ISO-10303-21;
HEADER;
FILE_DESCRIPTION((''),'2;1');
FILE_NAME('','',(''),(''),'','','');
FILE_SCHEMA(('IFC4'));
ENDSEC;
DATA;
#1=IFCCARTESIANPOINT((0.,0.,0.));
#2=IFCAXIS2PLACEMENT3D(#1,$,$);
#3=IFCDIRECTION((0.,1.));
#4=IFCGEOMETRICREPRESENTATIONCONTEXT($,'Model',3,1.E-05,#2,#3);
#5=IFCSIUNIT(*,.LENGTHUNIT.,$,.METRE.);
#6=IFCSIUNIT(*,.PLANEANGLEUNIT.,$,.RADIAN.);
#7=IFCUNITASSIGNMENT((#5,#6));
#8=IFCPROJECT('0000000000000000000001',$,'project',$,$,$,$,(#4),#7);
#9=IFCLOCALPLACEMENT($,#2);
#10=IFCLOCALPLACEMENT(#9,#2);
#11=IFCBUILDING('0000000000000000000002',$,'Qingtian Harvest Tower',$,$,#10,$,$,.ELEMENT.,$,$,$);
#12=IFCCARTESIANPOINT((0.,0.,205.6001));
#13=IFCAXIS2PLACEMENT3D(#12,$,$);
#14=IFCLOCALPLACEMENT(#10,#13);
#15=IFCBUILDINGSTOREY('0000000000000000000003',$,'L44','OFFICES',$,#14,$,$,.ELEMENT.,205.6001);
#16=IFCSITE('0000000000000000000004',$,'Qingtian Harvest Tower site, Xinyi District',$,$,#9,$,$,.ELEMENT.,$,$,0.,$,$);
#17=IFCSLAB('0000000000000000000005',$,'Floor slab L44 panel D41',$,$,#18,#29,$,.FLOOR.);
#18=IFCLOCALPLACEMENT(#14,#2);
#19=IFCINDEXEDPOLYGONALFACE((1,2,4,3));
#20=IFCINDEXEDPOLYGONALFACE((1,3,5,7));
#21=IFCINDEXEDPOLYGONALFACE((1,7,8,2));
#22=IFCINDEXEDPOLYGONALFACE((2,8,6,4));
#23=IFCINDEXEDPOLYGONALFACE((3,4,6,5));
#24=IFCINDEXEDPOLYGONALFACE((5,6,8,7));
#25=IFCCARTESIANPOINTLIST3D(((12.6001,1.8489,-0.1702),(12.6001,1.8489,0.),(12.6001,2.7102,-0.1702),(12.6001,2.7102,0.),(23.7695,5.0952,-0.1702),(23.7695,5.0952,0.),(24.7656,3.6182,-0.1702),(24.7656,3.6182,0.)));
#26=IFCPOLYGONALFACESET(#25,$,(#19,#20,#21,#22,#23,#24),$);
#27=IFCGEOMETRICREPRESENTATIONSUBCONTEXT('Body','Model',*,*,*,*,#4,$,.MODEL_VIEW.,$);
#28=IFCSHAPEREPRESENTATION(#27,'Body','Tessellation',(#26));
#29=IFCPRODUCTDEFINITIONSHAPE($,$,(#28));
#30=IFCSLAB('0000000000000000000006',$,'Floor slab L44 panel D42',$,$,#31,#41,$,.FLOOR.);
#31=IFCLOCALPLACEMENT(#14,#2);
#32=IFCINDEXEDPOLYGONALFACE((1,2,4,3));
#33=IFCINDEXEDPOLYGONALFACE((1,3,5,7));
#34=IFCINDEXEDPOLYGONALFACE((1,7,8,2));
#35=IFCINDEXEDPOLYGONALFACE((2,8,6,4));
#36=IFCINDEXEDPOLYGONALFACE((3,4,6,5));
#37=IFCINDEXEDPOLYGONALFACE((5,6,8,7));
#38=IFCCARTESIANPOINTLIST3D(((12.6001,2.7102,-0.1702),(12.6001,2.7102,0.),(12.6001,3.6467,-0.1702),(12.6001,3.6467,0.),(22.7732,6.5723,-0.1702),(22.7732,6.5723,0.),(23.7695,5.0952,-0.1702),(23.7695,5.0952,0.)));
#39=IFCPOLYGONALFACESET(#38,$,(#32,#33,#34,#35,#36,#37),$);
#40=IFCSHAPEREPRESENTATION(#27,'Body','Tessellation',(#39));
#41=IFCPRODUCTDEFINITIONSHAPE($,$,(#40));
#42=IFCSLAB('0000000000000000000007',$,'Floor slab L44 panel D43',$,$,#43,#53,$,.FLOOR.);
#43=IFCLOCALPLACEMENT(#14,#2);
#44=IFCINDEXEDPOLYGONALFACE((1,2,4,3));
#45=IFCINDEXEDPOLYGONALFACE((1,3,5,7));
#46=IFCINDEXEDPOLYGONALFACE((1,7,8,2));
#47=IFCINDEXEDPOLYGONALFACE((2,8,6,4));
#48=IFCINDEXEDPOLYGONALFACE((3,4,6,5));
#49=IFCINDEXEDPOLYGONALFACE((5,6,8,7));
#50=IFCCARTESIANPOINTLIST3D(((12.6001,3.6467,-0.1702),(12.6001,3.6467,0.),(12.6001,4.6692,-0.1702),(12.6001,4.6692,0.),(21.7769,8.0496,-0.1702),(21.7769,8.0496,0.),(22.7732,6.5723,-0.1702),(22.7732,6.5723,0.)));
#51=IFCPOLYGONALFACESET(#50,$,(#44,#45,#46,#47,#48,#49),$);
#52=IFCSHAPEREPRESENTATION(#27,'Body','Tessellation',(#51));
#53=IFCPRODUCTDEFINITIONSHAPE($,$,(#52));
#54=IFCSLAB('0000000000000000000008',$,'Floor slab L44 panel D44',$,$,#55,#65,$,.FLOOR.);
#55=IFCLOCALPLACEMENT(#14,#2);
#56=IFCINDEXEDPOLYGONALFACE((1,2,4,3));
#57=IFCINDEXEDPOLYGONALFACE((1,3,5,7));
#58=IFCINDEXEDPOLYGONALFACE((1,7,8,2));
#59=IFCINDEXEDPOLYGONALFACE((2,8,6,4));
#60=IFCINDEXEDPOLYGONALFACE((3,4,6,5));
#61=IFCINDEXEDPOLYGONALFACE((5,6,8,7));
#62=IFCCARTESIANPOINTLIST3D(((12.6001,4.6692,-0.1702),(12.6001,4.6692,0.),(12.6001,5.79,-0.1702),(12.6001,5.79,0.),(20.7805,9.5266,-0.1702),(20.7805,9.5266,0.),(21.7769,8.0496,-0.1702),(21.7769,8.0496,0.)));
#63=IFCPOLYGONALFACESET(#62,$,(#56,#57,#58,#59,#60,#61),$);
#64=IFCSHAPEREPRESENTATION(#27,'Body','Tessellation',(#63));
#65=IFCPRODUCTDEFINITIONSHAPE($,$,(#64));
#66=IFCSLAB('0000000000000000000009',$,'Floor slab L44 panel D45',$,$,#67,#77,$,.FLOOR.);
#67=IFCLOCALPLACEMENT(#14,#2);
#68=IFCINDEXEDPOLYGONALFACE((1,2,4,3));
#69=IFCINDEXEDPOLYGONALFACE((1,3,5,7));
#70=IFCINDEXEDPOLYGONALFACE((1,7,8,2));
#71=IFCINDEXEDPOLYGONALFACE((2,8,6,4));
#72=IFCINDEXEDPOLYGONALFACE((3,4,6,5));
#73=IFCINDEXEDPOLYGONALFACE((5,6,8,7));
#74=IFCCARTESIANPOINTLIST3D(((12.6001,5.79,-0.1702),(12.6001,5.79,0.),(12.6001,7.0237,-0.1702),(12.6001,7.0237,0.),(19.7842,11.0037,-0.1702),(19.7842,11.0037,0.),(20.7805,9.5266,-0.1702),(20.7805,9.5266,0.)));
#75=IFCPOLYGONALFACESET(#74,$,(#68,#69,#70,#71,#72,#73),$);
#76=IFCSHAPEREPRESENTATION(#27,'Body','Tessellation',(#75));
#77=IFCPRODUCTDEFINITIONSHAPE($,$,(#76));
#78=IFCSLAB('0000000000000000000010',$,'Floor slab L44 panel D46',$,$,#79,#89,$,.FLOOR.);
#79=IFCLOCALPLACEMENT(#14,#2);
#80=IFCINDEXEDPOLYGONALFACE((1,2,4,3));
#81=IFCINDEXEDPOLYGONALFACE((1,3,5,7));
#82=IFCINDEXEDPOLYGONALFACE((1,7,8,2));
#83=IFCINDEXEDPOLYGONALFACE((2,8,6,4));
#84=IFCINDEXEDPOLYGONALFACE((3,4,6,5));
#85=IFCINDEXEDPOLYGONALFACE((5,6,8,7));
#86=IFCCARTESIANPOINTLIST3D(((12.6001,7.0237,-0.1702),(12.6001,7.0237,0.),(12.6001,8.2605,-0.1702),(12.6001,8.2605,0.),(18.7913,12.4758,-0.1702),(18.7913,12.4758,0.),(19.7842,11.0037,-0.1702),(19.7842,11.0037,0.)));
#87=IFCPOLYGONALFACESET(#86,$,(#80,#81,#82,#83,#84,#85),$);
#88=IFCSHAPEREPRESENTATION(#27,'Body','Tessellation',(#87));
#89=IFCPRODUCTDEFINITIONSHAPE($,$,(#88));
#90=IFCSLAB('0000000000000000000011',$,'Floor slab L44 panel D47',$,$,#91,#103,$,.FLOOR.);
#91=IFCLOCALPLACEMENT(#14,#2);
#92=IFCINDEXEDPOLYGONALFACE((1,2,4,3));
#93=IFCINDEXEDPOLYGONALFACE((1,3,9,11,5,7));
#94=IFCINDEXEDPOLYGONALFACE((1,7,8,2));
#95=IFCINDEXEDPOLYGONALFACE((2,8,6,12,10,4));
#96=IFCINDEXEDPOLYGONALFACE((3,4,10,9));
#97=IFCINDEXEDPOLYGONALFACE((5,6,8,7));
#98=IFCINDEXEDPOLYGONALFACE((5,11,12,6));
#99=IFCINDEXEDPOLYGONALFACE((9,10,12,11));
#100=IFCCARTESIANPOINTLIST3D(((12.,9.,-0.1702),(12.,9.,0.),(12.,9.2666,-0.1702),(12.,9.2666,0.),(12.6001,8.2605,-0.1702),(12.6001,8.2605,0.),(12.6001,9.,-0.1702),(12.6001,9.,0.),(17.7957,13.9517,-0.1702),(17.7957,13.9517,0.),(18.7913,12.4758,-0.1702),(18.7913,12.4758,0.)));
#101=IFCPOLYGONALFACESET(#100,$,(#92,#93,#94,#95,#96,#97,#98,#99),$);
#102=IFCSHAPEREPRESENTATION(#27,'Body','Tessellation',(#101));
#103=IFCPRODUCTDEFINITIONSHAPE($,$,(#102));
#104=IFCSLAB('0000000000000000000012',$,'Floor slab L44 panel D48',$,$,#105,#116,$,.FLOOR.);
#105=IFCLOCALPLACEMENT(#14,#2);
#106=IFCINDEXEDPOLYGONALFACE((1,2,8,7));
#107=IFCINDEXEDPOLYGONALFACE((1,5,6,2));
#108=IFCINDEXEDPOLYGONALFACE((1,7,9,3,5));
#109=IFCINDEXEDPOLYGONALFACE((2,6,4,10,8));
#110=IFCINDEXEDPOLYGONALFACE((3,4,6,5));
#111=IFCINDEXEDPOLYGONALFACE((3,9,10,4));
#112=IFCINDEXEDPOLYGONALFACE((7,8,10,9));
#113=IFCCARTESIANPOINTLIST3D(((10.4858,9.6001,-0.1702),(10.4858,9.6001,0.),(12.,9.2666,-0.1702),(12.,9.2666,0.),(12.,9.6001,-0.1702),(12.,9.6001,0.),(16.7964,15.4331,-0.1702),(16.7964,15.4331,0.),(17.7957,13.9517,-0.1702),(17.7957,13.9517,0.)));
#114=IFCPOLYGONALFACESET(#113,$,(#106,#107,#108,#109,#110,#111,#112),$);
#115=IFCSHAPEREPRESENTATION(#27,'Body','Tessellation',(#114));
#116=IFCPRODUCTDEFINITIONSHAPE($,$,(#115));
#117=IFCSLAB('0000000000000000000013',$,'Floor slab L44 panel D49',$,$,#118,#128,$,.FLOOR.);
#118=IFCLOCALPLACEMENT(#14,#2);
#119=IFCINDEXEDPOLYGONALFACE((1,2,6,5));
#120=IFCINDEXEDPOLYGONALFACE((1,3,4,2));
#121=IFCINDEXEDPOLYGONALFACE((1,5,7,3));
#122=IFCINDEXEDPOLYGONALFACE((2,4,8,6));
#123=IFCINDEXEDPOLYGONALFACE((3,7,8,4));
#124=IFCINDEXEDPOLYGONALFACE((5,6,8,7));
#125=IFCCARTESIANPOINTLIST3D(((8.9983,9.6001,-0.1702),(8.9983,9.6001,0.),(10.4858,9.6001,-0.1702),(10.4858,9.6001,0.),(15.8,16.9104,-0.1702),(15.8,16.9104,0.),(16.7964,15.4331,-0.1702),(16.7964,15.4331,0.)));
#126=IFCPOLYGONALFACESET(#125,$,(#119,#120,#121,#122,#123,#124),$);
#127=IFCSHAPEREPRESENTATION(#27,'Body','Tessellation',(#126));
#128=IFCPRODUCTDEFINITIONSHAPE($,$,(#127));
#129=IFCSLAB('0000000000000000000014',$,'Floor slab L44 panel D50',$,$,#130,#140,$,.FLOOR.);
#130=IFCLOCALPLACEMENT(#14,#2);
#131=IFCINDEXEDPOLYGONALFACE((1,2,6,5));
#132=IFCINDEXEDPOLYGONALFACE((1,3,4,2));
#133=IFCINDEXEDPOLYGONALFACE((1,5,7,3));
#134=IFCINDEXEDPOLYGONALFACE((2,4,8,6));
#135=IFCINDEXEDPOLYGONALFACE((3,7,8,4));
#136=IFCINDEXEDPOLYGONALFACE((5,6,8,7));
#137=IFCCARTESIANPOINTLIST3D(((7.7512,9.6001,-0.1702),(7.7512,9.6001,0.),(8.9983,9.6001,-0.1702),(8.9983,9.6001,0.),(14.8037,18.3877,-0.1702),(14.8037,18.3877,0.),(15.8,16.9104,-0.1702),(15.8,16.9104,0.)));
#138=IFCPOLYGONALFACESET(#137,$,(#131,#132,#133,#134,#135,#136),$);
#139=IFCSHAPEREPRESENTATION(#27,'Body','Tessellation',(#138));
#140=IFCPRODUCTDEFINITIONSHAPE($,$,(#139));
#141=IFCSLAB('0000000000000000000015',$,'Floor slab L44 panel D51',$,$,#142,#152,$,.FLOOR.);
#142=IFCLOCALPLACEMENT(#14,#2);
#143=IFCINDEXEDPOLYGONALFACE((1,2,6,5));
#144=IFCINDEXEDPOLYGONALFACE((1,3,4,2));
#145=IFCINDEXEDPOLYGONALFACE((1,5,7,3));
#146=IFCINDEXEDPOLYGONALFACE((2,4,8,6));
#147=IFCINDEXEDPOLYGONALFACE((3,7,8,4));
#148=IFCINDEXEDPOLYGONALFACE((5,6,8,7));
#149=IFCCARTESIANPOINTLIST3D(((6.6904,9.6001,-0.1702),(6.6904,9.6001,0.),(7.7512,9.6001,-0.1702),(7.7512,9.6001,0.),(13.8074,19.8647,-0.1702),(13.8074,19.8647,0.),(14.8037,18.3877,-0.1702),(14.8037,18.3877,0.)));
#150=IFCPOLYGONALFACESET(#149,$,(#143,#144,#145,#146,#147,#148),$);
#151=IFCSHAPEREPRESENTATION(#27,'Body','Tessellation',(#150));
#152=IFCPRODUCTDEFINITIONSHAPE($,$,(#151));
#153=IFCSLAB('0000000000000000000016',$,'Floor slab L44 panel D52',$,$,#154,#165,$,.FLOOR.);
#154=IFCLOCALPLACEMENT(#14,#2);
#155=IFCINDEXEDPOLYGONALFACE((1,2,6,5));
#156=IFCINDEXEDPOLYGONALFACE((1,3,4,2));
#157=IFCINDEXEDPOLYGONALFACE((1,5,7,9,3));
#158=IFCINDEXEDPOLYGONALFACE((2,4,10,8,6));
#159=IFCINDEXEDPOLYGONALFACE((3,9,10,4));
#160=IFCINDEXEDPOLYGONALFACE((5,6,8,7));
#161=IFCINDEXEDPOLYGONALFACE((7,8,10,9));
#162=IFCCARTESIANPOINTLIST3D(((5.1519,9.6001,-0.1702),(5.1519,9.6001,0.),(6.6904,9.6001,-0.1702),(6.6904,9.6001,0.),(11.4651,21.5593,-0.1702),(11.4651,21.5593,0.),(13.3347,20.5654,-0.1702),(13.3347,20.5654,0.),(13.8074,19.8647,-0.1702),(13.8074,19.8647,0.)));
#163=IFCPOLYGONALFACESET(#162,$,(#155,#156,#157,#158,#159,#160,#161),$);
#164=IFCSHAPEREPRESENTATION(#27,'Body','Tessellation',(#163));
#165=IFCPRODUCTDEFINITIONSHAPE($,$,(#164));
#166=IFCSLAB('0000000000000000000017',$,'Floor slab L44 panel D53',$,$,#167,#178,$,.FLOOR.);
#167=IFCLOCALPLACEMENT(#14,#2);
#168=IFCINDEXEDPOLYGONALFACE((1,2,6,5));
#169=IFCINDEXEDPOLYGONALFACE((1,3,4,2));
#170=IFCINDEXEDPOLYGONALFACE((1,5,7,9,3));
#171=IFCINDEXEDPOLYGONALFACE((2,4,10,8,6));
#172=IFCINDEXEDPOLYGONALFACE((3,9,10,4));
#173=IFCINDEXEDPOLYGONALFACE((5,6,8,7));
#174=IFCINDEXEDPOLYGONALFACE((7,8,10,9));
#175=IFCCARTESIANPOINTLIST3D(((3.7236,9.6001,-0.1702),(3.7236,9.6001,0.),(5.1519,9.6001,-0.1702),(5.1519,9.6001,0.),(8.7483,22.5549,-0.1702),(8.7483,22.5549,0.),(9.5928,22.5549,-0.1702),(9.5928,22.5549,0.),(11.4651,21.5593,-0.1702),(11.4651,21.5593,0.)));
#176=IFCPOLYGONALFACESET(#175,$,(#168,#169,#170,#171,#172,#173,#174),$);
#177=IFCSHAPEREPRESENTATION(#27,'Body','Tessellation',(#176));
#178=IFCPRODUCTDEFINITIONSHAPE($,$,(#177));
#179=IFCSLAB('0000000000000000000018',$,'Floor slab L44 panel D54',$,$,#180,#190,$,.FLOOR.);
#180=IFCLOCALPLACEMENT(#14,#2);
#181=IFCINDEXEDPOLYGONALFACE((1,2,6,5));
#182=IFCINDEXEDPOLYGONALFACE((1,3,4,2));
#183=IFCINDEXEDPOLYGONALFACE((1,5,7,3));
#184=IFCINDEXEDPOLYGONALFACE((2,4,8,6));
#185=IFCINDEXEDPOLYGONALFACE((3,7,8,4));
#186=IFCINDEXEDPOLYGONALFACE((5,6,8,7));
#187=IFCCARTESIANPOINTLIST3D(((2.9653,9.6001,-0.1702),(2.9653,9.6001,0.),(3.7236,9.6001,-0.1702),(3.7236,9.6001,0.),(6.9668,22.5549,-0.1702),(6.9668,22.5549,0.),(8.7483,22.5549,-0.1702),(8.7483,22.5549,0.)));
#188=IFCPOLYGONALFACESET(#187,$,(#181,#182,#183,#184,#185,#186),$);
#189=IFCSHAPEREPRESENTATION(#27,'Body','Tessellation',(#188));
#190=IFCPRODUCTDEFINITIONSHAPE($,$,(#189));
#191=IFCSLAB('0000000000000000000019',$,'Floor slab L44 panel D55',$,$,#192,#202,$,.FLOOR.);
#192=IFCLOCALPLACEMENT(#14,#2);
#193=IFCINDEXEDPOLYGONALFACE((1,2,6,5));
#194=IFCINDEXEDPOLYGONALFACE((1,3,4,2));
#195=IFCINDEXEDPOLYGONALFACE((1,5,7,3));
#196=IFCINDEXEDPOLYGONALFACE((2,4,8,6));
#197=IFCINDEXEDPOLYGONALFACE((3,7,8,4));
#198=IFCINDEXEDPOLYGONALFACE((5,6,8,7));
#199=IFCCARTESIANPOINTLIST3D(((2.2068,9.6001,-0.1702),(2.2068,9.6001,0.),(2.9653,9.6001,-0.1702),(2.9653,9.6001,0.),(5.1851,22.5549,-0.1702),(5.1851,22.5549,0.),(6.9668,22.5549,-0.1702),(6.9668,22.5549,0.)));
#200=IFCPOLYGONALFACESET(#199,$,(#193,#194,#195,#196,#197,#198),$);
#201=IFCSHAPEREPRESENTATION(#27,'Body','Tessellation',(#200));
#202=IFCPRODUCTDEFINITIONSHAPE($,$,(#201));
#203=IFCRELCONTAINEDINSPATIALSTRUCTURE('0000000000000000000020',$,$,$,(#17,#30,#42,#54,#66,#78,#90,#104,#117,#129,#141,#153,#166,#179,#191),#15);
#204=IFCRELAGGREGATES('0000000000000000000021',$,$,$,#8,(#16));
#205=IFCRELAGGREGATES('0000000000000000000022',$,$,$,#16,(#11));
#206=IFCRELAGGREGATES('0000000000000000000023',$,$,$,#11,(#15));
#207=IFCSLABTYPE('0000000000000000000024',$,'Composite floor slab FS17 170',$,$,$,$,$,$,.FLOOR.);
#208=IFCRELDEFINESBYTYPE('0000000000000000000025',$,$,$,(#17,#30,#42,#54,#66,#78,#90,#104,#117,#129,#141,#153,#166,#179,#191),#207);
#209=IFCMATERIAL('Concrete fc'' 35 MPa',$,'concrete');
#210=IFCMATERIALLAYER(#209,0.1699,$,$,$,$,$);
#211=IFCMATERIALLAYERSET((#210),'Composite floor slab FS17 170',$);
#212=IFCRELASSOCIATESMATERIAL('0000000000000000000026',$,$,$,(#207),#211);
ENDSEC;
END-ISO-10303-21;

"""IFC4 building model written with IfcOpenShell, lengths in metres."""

from ifc_helpers import new_model, si_unit, direction, frame, origin, place, context, subcontext, project, spatial, polyline, outline, extrude, material, layer, layer_set, type_object, element, save


model = new_model("IFC4")

# Units and contexts
model_context = context("Model", 3, precision=1e-05, world=origin(), true_north=direction((0.0, 1.0)))
body_context = subcontext(model_context, "Body", "Model", "MODEL_VIEW")
ifc_project = project(units=[si_unit("LENGTHUNIT", "METRE"), si_unit("PLANEANGLEUNIT", "RADIAN")], contexts=[model_context])

# Site, building, storey
site_placement = place(None, origin())
site = spatial("IfcSite", under=ifc_project, at=site_placement, Name="Qingtian Harvest Tower site, Xinyi District", CompositionType="ELEMENT", RefElevation=0.0)
building_placement = place(site_placement, origin())
building = spatial("IfcBuilding", under=site, at=building_placement, Name="Qingtian Harvest Tower", CompositionType="ELEMENT")
storey_placement = place(building_placement, frame((0.0, 0.0, 205.6001)))
storey = spatial("IfcBuildingStorey", under=building, at=storey_placement, Name="L44", Description="OFFICES", CompositionType="ELEMENT", Elevation=205.6001)

# Slabs
ifc_material_1 = material(Name="Concrete fc' 35 MPa", Category="concrete")
ifc_layer_1 = layer(ifc_material_1, 0.1699)
ifc_layer_set_1 = layer_set([ifc_layer_1], Name="Composite floor slab FS17 170")
slab_type = type_object("IfcSlabType", Name="Composite floor slab FS17 170", PredefinedType="FLOOR", material=ifc_layer_set_1)
slab_1_placement = place(storey_placement, frame((0.0, 0.0, -0.1702)))
element("IfcSlab", 1, at=slab_1_placement, inside=storey, type_object=slab_type, Name="Floor slab L44 panel D41", PredefinedType="FLOOR", context=body_context, shape_type="SweptSolid", body=[
    extrude(outline(polyline([(12.6001, 2.7102), (23.7695, 5.0952), (24.7656, 3.6182), (12.6001, 1.8489), (12.6001, 2.7102)])), origin(), (0.0, 0.0, 1.0), 0.1702),
])
slab_2_placement = place(storey_placement, frame((0.0, 0.0, -0.1702)))
element("IfcSlab", 2, at=slab_2_placement, inside=storey, type_object=slab_type, Name="Floor slab L44 panel D42", PredefinedType="FLOOR", context=body_context, shape_type="SweptSolid", body=[
    extrude(outline(polyline([(12.6001, 3.6467), (22.7732, 6.5723), (23.7695, 5.0952), (12.6001, 2.7102), (12.6001, 3.6467)])), origin(), (0.0, 0.0, 1.0), 0.1702),
])
slab_3_placement = place(storey_placement, frame((0.0, 0.0, -0.1702)))
element("IfcSlab", 3, at=slab_3_placement, inside=storey, type_object=slab_type, Name="Floor slab L44 panel D43", PredefinedType="FLOOR", context=body_context, shape_type="SweptSolid", body=[
    extrude(outline(polyline([(12.6001, 4.6692), (21.7769, 8.0496), (22.7732, 6.5723), (12.6001, 3.6467), (12.6001, 4.6692)])), origin(), (0.0, 0.0, 1.0), 0.1702),
])
slab_4_placement = place(storey_placement, frame((0.0, 0.0, -0.1702)))
element("IfcSlab", 4, at=slab_4_placement, inside=storey, type_object=slab_type, Name="Floor slab L44 panel D44", PredefinedType="FLOOR", context=body_context, shape_type="SweptSolid", body=[
    extrude(outline(polyline([(12.6001, 5.79), (20.7805, 9.5266), (21.7769, 8.0496), (12.6001, 4.6692), (12.6001, 5.79)])), origin(), (0.0, 0.0, 1.0), 0.1702),
])
slab_5_placement = place(storey_placement, frame((0.0, 0.0, -0.1702)))
element("IfcSlab", 5, at=slab_5_placement, inside=storey, type_object=slab_type, Name="Floor slab L44 panel D45", PredefinedType="FLOOR", context=body_context, shape_type="SweptSolid", body=[
    extrude(outline(polyline([(12.6001, 7.0237), (19.7842, 11.0037), (20.7805, 9.5266), (12.6001, 5.79), (12.6001, 7.0237)])), origin(), (0.0, 0.0, 1.0), 0.1702),
])
slab_6_placement = place(storey_placement, frame((0.0, 0.0, -0.1702)))
element("IfcSlab", 6, at=slab_6_placement, inside=storey, type_object=slab_type, Name="Floor slab L44 panel D46", PredefinedType="FLOOR", context=body_context, shape_type="SweptSolid", body=[
    extrude(outline(polyline([(12.6001, 8.2605), (18.7913, 12.4758), (19.7842, 11.0037), (12.6001, 7.0237), (12.6001, 8.2605)])), origin(), (0.0, 0.0, 1.0), 0.1702),
])
slab_7_placement = place(storey_placement, frame((0.0, 0.0, -0.1702)))
element("IfcSlab", 7, at=slab_7_placement, inside=storey, type_object=slab_type, Name="Floor slab L44 panel D47", PredefinedType="FLOOR", context=body_context, shape_type="SweptSolid", body=[
    extrude(outline(polyline([(12.6001, 9.0), (12.0, 9.0), (12.0, 9.2666), (17.7957, 13.9517), (18.7913, 12.4758), (12.6001, 8.2605), (12.6001, 9.0)])), origin(), (0.0, 0.0, 1.0), 0.1702),
])
slab_8_placement = place(storey_placement, frame((0.0, 0.0, -0.1702)))
element("IfcSlab", 8, at=slab_8_placement, inside=storey, type_object=slab_type, Name="Floor slab L44 panel D48", PredefinedType="FLOOR", context=body_context, shape_type="SweptSolid", body=[
    extrude(outline(polyline([(12.0, 9.6001), (10.4858, 9.6001), (16.7964, 15.4331), (17.7957, 13.9517), (12.0, 9.2666), (12.0, 9.6001)])), origin(), (0.0, 0.0, 1.0), 0.1702),
])
slab_9_placement = place(storey_placement, frame((0.0, 0.0, -0.1702)))
element("IfcSlab", 9, at=slab_9_placement, inside=storey, type_object=slab_type, Name="Floor slab L44 panel D49", PredefinedType="FLOOR", context=body_context, shape_type="SweptSolid", body=[
    extrude(outline(polyline([(8.9983, 9.6001), (15.8, 16.9104), (16.7964, 15.4331), (10.4858, 9.6001), (8.9983, 9.6001)])), origin(), (0.0, 0.0, 1.0), 0.1702),
])
slab_10_placement = place(storey_placement, frame((0.0, 0.0, -0.1702)))
element("IfcSlab", 10, at=slab_10_placement, inside=storey, type_object=slab_type, Name="Floor slab L44 panel D50", PredefinedType="FLOOR", context=body_context, shape_type="SweptSolid", body=[
    extrude(outline(polyline([(7.7512, 9.6001), (14.8037, 18.3877), (15.8, 16.9104), (8.9983, 9.6001), (7.7512, 9.6001)])), origin(), (0.0, 0.0, 1.0), 0.1702),
])
slab_11_placement = place(storey_placement, frame((0.0, 0.0, -0.1702)))
element("IfcSlab", 11, at=slab_11_placement, inside=storey, type_object=slab_type, Name="Floor slab L44 panel D51", PredefinedType="FLOOR", context=body_context, shape_type="SweptSolid", body=[
    extrude(outline(polyline([(6.6904, 9.6001), (13.8074, 19.8647), (14.8037, 18.3877), (7.7512, 9.6001), (6.6904, 9.6001)])), origin(), (0.0, 0.0, 1.0), 0.1702),
])
slab_12_placement = place(storey_placement, frame((0.0, 0.0, -0.1702)))
element("IfcSlab", 12, at=slab_12_placement, inside=storey, type_object=slab_type, Name="Floor slab L44 panel D52", PredefinedType="FLOOR", context=body_context, shape_type="SweptSolid", body=[
    extrude(outline(polyline([(6.6904, 9.6001), (5.1519, 9.6001), (11.4651, 21.5593), (13.3347, 20.5654), (13.8074, 19.8647), (6.6904, 9.6001)])), origin(), (0.0, 0.0, 1.0), 0.1702),
])
slab_13_placement = place(storey_placement, frame((0.0, 0.0, -0.1702)))
element("IfcSlab", 13, at=slab_13_placement, inside=storey, type_object=slab_type, Name="Floor slab L44 panel D53", PredefinedType="FLOOR", context=body_context, shape_type="SweptSolid", body=[
    extrude(outline(polyline([(3.7236, 9.6001), (8.7483, 22.5549), (9.5928, 22.5549), (11.4651, 21.5593), (5.1519, 9.6001), (3.7236, 9.6001)])), origin(), (0.0, 0.0, 1.0), 0.1702),
])
slab_14_placement = place(storey_placement, frame((0.0, 0.0, -0.1702)))
element("IfcSlab", 14, at=slab_14_placement, inside=storey, type_object=slab_type, Name="Floor slab L44 panel D54", PredefinedType="FLOOR", context=body_context, shape_type="SweptSolid", body=[
    extrude(outline(polyline([(2.9653, 9.6001), (6.9668, 22.5549), (8.7483, 22.5549), (3.7236, 9.6001), (2.9653, 9.6001)])), origin(), (0.0, 0.0, 1.0), 0.1702),
])
slab_15_placement = place(storey_placement, frame((0.0, 0.0, -0.1702)))
element("IfcSlab", 15, at=slab_15_placement, inside=storey, type_object=slab_type, Name="Floor slab L44 panel D55", PredefinedType="FLOOR", context=body_context, shape_type="SweptSolid", body=[
    extrude(outline(polyline([(2.2068, 9.6001), (5.1851, 22.5549), (6.9668, 22.5549), (2.9653, 9.6001), (2.2068, 9.6001)])), origin(), (0.0, 0.0, 1.0), 0.1702),
])

save(model, "model.ifc")
